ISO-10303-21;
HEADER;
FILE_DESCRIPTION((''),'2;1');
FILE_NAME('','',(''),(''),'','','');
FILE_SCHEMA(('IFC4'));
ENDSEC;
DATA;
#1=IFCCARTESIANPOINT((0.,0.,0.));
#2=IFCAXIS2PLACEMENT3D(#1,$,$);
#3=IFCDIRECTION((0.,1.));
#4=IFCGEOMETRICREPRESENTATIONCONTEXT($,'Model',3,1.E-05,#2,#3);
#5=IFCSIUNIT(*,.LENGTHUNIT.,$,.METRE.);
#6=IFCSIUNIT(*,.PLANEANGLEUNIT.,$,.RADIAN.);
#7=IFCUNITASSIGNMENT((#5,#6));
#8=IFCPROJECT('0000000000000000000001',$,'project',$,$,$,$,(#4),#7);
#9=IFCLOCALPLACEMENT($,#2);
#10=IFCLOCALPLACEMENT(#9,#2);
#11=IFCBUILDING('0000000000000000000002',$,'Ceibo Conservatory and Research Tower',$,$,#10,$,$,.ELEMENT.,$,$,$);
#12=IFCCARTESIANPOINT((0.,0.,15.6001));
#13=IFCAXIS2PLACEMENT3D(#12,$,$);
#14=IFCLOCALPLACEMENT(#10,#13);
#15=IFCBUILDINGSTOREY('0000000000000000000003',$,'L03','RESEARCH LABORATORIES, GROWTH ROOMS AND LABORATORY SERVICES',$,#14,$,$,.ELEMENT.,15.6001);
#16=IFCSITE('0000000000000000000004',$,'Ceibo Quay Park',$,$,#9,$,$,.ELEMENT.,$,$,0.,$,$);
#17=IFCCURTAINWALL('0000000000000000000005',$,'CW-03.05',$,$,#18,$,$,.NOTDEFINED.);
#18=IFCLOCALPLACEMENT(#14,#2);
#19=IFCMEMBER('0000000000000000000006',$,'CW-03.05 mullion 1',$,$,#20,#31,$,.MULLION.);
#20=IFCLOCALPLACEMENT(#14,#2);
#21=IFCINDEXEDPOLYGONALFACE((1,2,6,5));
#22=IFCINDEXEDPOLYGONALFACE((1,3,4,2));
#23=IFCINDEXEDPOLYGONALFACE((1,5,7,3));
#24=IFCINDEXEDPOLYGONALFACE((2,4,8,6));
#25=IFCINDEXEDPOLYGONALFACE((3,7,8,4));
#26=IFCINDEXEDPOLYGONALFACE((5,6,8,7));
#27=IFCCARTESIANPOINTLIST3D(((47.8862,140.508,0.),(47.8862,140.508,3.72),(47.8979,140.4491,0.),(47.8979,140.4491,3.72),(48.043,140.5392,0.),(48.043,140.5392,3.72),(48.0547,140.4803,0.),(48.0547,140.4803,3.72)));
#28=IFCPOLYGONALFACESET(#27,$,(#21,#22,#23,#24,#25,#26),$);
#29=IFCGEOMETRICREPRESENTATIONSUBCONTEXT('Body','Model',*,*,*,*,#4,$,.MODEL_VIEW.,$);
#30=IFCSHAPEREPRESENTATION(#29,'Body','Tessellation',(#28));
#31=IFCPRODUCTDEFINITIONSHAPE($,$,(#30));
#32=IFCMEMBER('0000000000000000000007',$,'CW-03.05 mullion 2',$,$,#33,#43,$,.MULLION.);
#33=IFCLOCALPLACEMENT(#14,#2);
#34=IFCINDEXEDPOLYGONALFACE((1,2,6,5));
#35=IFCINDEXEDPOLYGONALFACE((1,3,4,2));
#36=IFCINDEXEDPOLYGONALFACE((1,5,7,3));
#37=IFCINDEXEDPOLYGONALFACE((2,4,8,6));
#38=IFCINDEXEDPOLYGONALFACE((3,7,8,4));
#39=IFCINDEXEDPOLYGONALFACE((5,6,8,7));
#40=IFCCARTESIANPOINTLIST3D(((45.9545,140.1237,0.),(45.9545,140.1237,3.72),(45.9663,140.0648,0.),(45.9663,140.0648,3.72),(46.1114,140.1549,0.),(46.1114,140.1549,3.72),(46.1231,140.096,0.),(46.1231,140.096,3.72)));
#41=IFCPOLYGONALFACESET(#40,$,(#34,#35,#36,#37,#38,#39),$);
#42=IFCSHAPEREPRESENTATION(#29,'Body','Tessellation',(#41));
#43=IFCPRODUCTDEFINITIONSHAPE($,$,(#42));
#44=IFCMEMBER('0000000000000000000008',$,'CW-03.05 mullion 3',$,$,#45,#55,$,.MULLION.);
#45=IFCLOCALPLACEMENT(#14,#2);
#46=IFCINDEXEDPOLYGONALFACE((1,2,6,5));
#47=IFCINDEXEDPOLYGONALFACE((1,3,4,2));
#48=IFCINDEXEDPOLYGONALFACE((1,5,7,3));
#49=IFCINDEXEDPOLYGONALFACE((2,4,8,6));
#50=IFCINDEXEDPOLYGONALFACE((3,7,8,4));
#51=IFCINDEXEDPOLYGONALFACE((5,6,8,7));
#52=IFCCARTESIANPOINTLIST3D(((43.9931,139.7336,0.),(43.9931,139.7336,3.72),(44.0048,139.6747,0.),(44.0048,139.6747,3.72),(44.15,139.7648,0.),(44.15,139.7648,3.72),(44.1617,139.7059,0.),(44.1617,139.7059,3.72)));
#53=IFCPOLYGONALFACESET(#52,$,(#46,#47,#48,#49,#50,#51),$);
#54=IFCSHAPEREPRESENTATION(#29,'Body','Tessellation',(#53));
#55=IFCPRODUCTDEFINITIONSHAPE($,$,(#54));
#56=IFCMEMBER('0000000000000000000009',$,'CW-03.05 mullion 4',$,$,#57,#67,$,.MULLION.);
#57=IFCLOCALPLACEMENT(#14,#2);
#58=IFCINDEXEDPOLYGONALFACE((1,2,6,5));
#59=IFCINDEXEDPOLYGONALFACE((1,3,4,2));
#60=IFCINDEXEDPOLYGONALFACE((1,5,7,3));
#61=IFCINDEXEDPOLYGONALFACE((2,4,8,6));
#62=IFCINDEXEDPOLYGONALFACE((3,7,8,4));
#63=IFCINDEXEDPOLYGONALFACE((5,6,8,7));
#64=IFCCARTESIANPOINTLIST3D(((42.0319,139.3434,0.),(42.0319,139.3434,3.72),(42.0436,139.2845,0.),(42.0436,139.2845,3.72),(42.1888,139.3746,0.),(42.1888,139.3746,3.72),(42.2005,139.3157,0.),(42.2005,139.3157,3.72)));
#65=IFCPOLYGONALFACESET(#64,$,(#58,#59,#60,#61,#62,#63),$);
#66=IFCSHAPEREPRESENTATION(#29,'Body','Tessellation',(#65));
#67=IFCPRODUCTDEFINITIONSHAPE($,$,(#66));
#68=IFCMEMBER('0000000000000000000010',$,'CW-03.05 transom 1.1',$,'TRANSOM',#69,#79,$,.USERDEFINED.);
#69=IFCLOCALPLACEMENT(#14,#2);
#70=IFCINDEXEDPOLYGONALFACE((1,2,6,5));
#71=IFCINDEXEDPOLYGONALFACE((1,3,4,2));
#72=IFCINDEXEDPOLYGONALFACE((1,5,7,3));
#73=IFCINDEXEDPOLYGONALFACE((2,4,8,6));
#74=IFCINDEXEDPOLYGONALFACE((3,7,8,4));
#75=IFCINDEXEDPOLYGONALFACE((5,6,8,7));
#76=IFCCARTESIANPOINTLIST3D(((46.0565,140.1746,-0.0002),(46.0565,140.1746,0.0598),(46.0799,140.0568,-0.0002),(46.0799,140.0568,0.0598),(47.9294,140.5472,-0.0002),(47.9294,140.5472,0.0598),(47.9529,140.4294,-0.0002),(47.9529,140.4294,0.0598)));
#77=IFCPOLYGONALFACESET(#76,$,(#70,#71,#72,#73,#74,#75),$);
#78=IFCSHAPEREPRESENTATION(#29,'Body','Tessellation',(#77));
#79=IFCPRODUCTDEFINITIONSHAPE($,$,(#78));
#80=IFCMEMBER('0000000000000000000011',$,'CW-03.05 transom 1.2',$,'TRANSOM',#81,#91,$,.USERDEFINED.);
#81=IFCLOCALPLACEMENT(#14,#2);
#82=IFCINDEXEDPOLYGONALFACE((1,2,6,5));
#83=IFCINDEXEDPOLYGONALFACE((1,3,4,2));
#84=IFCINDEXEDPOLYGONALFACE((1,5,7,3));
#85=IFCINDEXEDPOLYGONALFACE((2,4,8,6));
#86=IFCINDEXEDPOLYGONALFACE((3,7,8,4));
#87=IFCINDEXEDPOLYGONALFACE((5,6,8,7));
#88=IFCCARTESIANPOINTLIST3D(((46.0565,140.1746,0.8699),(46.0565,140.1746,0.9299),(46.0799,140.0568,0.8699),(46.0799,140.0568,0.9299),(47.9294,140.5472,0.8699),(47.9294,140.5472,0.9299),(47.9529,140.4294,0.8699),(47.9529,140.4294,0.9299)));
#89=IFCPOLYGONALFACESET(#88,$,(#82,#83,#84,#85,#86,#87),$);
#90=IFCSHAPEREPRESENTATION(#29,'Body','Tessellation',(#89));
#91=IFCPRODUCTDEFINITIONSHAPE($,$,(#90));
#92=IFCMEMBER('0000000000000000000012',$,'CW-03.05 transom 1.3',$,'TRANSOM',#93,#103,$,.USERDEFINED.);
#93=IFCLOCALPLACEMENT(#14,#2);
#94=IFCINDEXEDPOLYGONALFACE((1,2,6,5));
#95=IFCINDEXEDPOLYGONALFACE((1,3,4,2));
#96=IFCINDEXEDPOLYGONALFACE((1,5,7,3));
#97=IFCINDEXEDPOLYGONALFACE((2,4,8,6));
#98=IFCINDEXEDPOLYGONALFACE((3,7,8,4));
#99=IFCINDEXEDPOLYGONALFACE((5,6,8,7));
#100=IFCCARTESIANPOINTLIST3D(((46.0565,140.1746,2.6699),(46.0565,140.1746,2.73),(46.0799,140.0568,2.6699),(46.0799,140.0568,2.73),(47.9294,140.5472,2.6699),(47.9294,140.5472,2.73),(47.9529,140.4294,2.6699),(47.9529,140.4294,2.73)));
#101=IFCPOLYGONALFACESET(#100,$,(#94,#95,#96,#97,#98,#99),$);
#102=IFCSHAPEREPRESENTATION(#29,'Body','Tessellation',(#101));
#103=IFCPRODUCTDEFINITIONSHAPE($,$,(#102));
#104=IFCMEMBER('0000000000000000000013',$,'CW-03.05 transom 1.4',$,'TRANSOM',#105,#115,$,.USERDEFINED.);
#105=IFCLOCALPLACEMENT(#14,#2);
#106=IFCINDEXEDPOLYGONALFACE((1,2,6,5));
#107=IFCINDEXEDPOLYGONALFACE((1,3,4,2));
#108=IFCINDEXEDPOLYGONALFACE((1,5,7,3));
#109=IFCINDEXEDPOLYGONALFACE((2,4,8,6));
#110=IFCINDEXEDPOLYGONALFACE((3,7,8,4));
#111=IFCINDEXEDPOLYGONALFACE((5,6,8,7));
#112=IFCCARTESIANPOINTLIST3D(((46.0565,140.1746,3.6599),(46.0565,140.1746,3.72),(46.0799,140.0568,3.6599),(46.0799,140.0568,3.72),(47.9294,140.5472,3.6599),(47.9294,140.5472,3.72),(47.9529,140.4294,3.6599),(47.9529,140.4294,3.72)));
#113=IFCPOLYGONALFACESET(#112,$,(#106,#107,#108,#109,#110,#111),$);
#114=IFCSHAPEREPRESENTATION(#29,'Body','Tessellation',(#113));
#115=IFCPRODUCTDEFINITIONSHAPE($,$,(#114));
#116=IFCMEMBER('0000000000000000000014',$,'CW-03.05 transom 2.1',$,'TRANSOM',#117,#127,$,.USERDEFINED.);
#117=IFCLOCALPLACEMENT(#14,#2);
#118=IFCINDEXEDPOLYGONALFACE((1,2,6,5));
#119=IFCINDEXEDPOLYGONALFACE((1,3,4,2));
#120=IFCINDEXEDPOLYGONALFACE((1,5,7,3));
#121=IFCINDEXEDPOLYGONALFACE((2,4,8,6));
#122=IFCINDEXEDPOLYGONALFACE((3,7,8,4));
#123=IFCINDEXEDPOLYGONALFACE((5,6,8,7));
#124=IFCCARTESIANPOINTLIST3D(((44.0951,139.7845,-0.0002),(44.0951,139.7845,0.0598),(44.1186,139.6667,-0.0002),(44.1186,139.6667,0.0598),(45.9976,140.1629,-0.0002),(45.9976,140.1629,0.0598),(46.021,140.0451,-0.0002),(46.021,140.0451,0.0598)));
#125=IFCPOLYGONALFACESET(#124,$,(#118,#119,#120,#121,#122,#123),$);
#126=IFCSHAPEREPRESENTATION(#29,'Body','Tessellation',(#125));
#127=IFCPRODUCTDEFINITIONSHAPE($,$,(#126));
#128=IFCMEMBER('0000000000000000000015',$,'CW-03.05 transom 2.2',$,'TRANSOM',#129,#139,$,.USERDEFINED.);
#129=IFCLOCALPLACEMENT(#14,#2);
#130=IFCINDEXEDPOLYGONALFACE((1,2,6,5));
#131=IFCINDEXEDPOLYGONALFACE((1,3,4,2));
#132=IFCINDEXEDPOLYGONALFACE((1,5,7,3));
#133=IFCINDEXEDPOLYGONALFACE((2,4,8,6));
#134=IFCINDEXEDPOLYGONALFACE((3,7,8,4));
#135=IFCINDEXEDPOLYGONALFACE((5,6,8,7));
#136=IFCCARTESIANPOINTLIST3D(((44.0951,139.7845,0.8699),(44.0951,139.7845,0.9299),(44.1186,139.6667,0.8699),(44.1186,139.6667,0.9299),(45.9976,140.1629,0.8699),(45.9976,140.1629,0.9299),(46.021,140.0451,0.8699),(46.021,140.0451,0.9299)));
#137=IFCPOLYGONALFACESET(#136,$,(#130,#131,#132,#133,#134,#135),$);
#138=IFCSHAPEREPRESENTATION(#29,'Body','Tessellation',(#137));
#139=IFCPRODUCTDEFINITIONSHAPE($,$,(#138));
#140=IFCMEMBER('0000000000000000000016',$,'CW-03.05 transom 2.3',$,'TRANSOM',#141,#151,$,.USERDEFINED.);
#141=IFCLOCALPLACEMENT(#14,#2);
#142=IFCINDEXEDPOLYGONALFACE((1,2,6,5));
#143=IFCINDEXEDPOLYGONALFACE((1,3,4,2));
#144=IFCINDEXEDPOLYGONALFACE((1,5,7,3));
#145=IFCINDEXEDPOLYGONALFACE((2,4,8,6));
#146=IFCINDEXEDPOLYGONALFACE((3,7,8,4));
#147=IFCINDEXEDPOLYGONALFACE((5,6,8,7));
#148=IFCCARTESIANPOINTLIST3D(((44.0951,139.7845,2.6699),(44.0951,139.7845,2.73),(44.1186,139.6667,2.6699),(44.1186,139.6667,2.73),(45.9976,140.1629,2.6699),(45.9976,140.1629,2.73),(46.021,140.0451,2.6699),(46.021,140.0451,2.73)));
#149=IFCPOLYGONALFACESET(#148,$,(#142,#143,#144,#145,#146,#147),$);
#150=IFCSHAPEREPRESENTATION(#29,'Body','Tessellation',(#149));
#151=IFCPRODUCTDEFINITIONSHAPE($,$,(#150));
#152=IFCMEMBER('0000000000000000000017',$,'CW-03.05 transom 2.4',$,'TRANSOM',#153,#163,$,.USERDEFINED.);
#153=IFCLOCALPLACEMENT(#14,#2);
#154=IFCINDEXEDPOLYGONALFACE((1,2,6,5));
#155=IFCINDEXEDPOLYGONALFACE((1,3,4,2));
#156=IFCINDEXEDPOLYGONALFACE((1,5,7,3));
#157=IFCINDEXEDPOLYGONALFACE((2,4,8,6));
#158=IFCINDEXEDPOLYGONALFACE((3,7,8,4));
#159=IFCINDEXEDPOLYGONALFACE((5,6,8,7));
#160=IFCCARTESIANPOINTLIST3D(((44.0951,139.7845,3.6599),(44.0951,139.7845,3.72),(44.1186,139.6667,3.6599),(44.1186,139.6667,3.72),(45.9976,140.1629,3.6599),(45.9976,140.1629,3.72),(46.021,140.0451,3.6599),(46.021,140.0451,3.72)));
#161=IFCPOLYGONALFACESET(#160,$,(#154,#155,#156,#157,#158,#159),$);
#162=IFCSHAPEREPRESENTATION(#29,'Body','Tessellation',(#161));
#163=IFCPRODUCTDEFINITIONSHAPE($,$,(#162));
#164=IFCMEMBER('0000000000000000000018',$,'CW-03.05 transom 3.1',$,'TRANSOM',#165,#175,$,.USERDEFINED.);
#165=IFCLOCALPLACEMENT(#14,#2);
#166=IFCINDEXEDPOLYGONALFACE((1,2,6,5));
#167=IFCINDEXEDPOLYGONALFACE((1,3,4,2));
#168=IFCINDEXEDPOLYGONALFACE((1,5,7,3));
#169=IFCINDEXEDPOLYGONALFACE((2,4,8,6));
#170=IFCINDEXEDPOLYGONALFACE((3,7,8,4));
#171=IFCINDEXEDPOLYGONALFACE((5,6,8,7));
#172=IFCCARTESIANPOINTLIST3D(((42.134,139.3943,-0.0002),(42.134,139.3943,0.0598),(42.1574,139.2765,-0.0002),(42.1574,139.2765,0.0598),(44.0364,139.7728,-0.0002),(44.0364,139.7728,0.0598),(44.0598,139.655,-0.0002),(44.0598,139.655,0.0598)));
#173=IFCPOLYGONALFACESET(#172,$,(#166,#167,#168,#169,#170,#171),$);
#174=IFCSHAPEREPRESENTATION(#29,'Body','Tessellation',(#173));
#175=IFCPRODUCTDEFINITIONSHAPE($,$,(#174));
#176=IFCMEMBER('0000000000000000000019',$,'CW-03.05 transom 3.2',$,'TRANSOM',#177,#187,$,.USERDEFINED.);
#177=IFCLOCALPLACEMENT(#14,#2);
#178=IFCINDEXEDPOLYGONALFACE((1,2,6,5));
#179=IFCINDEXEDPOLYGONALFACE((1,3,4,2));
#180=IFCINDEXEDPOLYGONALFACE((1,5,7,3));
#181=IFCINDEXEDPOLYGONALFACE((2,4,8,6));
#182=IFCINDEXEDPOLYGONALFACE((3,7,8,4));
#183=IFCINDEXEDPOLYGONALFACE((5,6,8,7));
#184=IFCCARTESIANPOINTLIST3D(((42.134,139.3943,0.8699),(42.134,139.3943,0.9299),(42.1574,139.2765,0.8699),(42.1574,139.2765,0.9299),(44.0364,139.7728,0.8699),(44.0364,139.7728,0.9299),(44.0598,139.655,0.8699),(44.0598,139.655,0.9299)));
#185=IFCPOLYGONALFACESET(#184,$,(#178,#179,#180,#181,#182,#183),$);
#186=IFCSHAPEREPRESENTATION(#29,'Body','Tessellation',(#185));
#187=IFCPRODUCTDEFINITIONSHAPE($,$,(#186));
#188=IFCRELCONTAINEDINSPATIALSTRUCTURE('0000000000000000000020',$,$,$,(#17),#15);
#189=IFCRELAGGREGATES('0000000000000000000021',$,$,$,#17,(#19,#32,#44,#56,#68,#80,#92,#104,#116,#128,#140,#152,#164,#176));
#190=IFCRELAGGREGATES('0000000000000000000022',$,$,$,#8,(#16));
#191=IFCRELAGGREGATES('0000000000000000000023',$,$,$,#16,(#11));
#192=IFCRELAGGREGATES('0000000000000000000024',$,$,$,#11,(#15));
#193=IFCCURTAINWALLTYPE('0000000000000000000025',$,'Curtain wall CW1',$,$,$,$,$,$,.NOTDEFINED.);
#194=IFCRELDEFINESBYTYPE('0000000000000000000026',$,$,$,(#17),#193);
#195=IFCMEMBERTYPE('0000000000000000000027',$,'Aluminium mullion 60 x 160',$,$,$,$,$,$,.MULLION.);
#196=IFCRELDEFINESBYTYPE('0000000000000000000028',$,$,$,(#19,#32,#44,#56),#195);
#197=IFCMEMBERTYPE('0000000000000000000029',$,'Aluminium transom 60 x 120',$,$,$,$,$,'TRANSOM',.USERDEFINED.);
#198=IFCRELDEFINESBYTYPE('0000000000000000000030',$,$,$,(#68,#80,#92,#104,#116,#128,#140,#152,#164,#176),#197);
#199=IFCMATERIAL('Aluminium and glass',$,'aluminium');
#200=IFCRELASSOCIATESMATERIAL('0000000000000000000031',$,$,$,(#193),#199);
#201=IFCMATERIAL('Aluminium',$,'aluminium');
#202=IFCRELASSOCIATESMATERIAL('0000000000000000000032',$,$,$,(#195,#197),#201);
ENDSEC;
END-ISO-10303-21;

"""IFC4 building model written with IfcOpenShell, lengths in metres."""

from ifc_helpers import new_model, si_unit, direction, frame, origin, origin_2d, place, context, subcontext, project, spatial, rectangle, extrude, material, material_profile, profile_set, type_object, element, aggregate, save


model = new_model("IFC4")

# Units and contexts
model_context = context("Model", 3, precision=1e-05, world=origin(), true_north=direction((0.0, 1.0)))
body_context = subcontext(model_context, "Body", "Model", "MODEL_VIEW")
ifc_project = project(units=[si_unit("LENGTHUNIT", "METRE"), si_unit("PLANEANGLEUNIT", "RADIAN")], contexts=[model_context])

# Site, building, storey
site_placement = place(None, origin())
site = spatial("IfcSite", under=ifc_project, at=site_placement, Name="Ceibo Quay Park", CompositionType="ELEMENT", RefElevation=0.0)
building_placement = place(site_placement, origin())
building = spatial("IfcBuilding", under=site, at=building_placement, Name="Ceibo Conservatory and Research Tower", CompositionType="ELEMENT")
storey_placement = place(building_placement, frame((0.0, 0.0, 15.6001)))
storey = spatial("IfcBuildingStorey", under=building, at=storey_placement, Name="L03", Description="RESEARCH LABORATORIES, GROWTH ROOMS AND LABORATORY SERVICES", CompositionType="ELEMENT", Elevation=15.6001)

# Curtain wall, members
ifc_material_1 = material(Name="Aluminium and glass", Category="aluminium")
curtain_wall_type = type_object("IfcCurtainWallType", Name="Curtain wall CW1", PredefinedType="NOTDEFINED", material=ifc_material_1)
curtain_wall_placement = place(storey_placement, origin())
curtain_wall = element("IfcCurtainWall", 1, at=curtain_wall_placement, inside=storey, type_object=curtain_wall_type, Name="CW-03.05", PredefinedType="NOTDEFINED")
ifc_material_2 = material(Name="Aluminium", Category="aluminium")
ifc_material_profile_1 = material_profile(ifc_material_2, rectangle(XDim=0.0601, YDim=0.1599, at=origin_2d()), Name="Aluminium 60 x 160")
ifc_profile_set_1 = profile_set([ifc_material_profile_1], Name="Aluminium")
member_type_1 = type_object("IfcMemberType", Name="Aluminium mullion 60 x 160", PredefinedType="MULLION", material=ifc_profile_set_1)
member_1_placement = place(storey_placement, frame((47.9705, 140.4941, 0.0), z_axis=(0.0, 0.0, 1.0), x_axis=(0.19509, -0.980785, 0.0)))
member_1 = element("IfcMember", 2, at=member_1_placement, type_object=member_type_1, Name="CW-03.05 mullion 1", PredefinedType="MULLION", context=body_context, shape_type="SweptSolid", body=[
    extrude(rectangle(XDim=0.0601, YDim=0.1599, at=origin_2d()), origin(), (0.0, 0.0, 1.0), 3.72),
])
member_2_placement = place(storey_placement, frame((46.0388, 140.1099, 0.0), z_axis=(0.0, 0.0, 1.0), x_axis=(0.19509, -0.980785, 0.0)))
member_2 = element("IfcMember", 3, at=member_2_placement, type_object=member_type_1, Name="CW-03.05 mullion 2", PredefinedType="MULLION", context=body_context, shape_type="SweptSolid", body=[
    extrude(rectangle(XDim=0.0601, YDim=0.1599, at=origin_2d()), origin(), (0.0, 0.0, 1.0), 3.72),
])
member_3_placement = place(storey_placement, frame((44.0774, 139.7197, 0.0), z_axis=(0.0, 0.0, 1.0), x_axis=(0.19509, -0.980785, 0.0)))
member_3 = element("IfcMember", 4, at=member_3_placement, type_object=member_type_1, Name="CW-03.05 mullion 3", PredefinedType="MULLION", context=body_context, shape_type="SweptSolid", body=[
    extrude(rectangle(XDim=0.0601, YDim=0.1599, at=origin_2d()), origin(), (0.0, 0.0, 1.0), 3.72),
])
member_4_placement = place(storey_placement, frame((42.1162, 139.3296, 0.0), z_axis=(0.0, 0.0, 1.0), x_axis=(0.19509, -0.980785, 0.0)))
member_4 = element("IfcMember", 5, at=member_4_placement, type_object=member_type_1, Name="CW-03.05 mullion 4", PredefinedType="MULLION", context=body_context, shape_type="SweptSolid", body=[
    extrude(rectangle(XDim=0.0601, YDim=0.1599, at=origin_2d()), origin(), (0.0, 0.0, 1.0), 3.72),
])
ifc_material_profile_2 = material_profile(ifc_material_2, rectangle(XDim=0.1201, YDim=0.0601, at=origin_2d()), Name="Aluminium 60 x 120")
ifc_profile_set_2 = profile_set([ifc_material_profile_2], Name="Aluminium")
member_type_2 = type_object("IfcMemberType", Name="Aluminium transom 60 x 120", ElementType="TRANSOM", PredefinedType="USERDEFINED", material=ifc_profile_set_2)
member_5_placement = place(storey_placement, frame((47.9412, 140.4883, 0.0298), z_axis=(-0.980787, -0.195083, 0.0), x_axis=(0.195083, -0.980787, 0.0)))
member_5 = element("IfcMember", 6, at=member_5_placement, type_object=member_type_2, Name="CW-03.05 transom 1.1", ObjectType="TRANSOM", PredefinedType="USERDEFINED", context=body_context, shape_type="SweptSolid", body=[
    extrude(rectangle(XDim=0.1201, YDim=0.0601, at=origin_2d()), origin(), (0.0, 0.0, 1.0), 1.9097),
])
member_6_placement = place(storey_placement, frame((47.9412, 140.4883, 0.8999), z_axis=(-0.980787, -0.195083, 0.0), x_axis=(0.195083, -0.980787, 0.0)))
member_6 = element("IfcMember", 7, at=member_6_placement, type_object=member_type_2, Name="CW-03.05 transom 1.2", ObjectType="TRANSOM", PredefinedType="USERDEFINED", context=body_context, shape_type="SweptSolid", body=[
    extrude(rectangle(XDim=0.1201, YDim=0.0601, at=origin_2d()), origin(), (0.0, 0.0, 1.0), 1.9097),
])
member_7_placement = place(storey_placement, frame((47.9412, 140.4883, 2.7), z_axis=(-0.980787, -0.195083, 0.0), x_axis=(0.195083, -0.980787, 0.0)))
member_7 = element("IfcMember", 8, at=member_7_placement, type_object=member_type_2, Name="CW-03.05 transom 1.3", ObjectType="TRANSOM", PredefinedType="USERDEFINED", context=body_context, shape_type="SweptSolid", body=[
    extrude(rectangle(XDim=0.1201, YDim=0.0601, at=origin_2d()), origin(), (0.0, 0.0, 1.0), 1.9097),
])
member_8_placement = place(storey_placement, frame((47.9412, 140.4883, 3.6899), z_axis=(-0.980787, -0.195083, 0.0), x_axis=(0.195083, -0.980787, 0.0)))
member_8 = element("IfcMember", 9, at=member_8_placement, type_object=member_type_2, Name="CW-03.05 transom 1.4", ObjectType="TRANSOM", PredefinedType="USERDEFINED", context=body_context, shape_type="SweptSolid", body=[
    extrude(rectangle(XDim=0.1201, YDim=0.0601, at=origin_2d()), origin(), (0.0, 0.0, 1.0), 1.9097),
])
member_9_placement = place(storey_placement, frame((46.0093, 140.104, 0.0298), z_axis=(-0.980783, -0.195099, 0.0), x_axis=(0.195099, -0.980783, 0.0)))
member_9 = element("IfcMember", 10, at=member_9_placement, type_object=member_type_2, Name="CW-03.05 transom 2.1", ObjectType="TRANSOM", PredefinedType="USERDEFINED", context=body_context, shape_type="SweptSolid", body=[
    extrude(rectangle(XDim=0.1201, YDim=0.0601, at=origin_2d()), origin(), (0.0, 0.0, 1.0), 1.9397),
])
member_10_placement = place(storey_placement, frame((46.0093, 140.104, 0.8999), z_axis=(-0.980783, -0.195099, 0.0), x_axis=(0.195099, -0.980783, 0.0)))
member_10 = element("IfcMember", 11, at=member_10_placement, type_object=member_type_2, Name="CW-03.05 transom 2.2", ObjectType="TRANSOM", PredefinedType="USERDEFINED", context=body_context, shape_type="SweptSolid", body=[
    extrude(rectangle(XDim=0.1201, YDim=0.0601, at=origin_2d()), origin(), (0.0, 0.0, 1.0), 1.9397),
])
member_11_placement = place(storey_placement, frame((46.0093, 140.104, 2.7), z_axis=(-0.980783, -0.195099, 0.0), x_axis=(0.195099, -0.980783, 0.0)))
member_11 = element("IfcMember", 12, at=member_11_placement, type_object=member_type_2, Name="CW-03.05 transom 2.3", ObjectType="TRANSOM", PredefinedType="USERDEFINED", context=body_context, shape_type="SweptSolid", body=[
    extrude(rectangle(XDim=0.1201, YDim=0.0601, at=origin_2d()), origin(), (0.0, 0.0, 1.0), 1.9397),
])
member_12_placement = place(storey_placement, frame((46.0093, 140.104, 3.6899), z_axis=(-0.980783, -0.195099, 0.0), x_axis=(0.195099, -0.980783, 0.0)))
member_12 = element("IfcMember", 13, at=member_12_placement, type_object=member_type_2, Name="CW-03.05 transom 2.4", ObjectType="TRANSOM", PredefinedType="USERDEFINED", context=body_context, shape_type="SweptSolid", body=[
    extrude(rectangle(XDim=0.1201, YDim=0.0601, at=origin_2d()), origin(), (0.0, 0.0, 1.0), 1.9397),
])
member_13_placement = place(storey_placement, frame((44.0481, 139.7139, 0.0298), z_axis=(-0.980783, -0.195099, 0.0), x_axis=(0.195099, -0.980783, 0.0)))
member_13 = element("IfcMember", 14, at=member_13_placement, type_object=member_type_2, Name="CW-03.05 transom 3.1", ObjectType="TRANSOM", PredefinedType="USERDEFINED", context=body_context, shape_type="SweptSolid", body=[
    extrude(rectangle(XDim=0.1201, YDim=0.0601, at=origin_2d()), origin(), (0.0, 0.0, 1.0), 1.9397),
])
member_14_placement = place(storey_placement, frame((44.0481, 139.7139, 0.8999), z_axis=(-0.980783, -0.195099, 0.0), x_axis=(0.195099, -0.980783, 0.0)))
member_14 = element("IfcMember", 15, at=member_14_placement, type_object=member_type_2, Name="CW-03.05 transom 3.2", ObjectType="TRANSOM", PredefinedType="USERDEFINED", context=body_context, shape_type="SweptSolid", body=[
    extrude(rectangle(XDim=0.1201, YDim=0.0601, at=origin_2d()), origin(), (0.0, 0.0, 1.0), 1.9397),
])

aggregate(curtain_wall, [member_1, member_2, member_3, member_4, member_5, member_6, member_7, member_8, member_9, member_10, member_11, member_12, member_13, member_14])

save(model, "model.ifc")
